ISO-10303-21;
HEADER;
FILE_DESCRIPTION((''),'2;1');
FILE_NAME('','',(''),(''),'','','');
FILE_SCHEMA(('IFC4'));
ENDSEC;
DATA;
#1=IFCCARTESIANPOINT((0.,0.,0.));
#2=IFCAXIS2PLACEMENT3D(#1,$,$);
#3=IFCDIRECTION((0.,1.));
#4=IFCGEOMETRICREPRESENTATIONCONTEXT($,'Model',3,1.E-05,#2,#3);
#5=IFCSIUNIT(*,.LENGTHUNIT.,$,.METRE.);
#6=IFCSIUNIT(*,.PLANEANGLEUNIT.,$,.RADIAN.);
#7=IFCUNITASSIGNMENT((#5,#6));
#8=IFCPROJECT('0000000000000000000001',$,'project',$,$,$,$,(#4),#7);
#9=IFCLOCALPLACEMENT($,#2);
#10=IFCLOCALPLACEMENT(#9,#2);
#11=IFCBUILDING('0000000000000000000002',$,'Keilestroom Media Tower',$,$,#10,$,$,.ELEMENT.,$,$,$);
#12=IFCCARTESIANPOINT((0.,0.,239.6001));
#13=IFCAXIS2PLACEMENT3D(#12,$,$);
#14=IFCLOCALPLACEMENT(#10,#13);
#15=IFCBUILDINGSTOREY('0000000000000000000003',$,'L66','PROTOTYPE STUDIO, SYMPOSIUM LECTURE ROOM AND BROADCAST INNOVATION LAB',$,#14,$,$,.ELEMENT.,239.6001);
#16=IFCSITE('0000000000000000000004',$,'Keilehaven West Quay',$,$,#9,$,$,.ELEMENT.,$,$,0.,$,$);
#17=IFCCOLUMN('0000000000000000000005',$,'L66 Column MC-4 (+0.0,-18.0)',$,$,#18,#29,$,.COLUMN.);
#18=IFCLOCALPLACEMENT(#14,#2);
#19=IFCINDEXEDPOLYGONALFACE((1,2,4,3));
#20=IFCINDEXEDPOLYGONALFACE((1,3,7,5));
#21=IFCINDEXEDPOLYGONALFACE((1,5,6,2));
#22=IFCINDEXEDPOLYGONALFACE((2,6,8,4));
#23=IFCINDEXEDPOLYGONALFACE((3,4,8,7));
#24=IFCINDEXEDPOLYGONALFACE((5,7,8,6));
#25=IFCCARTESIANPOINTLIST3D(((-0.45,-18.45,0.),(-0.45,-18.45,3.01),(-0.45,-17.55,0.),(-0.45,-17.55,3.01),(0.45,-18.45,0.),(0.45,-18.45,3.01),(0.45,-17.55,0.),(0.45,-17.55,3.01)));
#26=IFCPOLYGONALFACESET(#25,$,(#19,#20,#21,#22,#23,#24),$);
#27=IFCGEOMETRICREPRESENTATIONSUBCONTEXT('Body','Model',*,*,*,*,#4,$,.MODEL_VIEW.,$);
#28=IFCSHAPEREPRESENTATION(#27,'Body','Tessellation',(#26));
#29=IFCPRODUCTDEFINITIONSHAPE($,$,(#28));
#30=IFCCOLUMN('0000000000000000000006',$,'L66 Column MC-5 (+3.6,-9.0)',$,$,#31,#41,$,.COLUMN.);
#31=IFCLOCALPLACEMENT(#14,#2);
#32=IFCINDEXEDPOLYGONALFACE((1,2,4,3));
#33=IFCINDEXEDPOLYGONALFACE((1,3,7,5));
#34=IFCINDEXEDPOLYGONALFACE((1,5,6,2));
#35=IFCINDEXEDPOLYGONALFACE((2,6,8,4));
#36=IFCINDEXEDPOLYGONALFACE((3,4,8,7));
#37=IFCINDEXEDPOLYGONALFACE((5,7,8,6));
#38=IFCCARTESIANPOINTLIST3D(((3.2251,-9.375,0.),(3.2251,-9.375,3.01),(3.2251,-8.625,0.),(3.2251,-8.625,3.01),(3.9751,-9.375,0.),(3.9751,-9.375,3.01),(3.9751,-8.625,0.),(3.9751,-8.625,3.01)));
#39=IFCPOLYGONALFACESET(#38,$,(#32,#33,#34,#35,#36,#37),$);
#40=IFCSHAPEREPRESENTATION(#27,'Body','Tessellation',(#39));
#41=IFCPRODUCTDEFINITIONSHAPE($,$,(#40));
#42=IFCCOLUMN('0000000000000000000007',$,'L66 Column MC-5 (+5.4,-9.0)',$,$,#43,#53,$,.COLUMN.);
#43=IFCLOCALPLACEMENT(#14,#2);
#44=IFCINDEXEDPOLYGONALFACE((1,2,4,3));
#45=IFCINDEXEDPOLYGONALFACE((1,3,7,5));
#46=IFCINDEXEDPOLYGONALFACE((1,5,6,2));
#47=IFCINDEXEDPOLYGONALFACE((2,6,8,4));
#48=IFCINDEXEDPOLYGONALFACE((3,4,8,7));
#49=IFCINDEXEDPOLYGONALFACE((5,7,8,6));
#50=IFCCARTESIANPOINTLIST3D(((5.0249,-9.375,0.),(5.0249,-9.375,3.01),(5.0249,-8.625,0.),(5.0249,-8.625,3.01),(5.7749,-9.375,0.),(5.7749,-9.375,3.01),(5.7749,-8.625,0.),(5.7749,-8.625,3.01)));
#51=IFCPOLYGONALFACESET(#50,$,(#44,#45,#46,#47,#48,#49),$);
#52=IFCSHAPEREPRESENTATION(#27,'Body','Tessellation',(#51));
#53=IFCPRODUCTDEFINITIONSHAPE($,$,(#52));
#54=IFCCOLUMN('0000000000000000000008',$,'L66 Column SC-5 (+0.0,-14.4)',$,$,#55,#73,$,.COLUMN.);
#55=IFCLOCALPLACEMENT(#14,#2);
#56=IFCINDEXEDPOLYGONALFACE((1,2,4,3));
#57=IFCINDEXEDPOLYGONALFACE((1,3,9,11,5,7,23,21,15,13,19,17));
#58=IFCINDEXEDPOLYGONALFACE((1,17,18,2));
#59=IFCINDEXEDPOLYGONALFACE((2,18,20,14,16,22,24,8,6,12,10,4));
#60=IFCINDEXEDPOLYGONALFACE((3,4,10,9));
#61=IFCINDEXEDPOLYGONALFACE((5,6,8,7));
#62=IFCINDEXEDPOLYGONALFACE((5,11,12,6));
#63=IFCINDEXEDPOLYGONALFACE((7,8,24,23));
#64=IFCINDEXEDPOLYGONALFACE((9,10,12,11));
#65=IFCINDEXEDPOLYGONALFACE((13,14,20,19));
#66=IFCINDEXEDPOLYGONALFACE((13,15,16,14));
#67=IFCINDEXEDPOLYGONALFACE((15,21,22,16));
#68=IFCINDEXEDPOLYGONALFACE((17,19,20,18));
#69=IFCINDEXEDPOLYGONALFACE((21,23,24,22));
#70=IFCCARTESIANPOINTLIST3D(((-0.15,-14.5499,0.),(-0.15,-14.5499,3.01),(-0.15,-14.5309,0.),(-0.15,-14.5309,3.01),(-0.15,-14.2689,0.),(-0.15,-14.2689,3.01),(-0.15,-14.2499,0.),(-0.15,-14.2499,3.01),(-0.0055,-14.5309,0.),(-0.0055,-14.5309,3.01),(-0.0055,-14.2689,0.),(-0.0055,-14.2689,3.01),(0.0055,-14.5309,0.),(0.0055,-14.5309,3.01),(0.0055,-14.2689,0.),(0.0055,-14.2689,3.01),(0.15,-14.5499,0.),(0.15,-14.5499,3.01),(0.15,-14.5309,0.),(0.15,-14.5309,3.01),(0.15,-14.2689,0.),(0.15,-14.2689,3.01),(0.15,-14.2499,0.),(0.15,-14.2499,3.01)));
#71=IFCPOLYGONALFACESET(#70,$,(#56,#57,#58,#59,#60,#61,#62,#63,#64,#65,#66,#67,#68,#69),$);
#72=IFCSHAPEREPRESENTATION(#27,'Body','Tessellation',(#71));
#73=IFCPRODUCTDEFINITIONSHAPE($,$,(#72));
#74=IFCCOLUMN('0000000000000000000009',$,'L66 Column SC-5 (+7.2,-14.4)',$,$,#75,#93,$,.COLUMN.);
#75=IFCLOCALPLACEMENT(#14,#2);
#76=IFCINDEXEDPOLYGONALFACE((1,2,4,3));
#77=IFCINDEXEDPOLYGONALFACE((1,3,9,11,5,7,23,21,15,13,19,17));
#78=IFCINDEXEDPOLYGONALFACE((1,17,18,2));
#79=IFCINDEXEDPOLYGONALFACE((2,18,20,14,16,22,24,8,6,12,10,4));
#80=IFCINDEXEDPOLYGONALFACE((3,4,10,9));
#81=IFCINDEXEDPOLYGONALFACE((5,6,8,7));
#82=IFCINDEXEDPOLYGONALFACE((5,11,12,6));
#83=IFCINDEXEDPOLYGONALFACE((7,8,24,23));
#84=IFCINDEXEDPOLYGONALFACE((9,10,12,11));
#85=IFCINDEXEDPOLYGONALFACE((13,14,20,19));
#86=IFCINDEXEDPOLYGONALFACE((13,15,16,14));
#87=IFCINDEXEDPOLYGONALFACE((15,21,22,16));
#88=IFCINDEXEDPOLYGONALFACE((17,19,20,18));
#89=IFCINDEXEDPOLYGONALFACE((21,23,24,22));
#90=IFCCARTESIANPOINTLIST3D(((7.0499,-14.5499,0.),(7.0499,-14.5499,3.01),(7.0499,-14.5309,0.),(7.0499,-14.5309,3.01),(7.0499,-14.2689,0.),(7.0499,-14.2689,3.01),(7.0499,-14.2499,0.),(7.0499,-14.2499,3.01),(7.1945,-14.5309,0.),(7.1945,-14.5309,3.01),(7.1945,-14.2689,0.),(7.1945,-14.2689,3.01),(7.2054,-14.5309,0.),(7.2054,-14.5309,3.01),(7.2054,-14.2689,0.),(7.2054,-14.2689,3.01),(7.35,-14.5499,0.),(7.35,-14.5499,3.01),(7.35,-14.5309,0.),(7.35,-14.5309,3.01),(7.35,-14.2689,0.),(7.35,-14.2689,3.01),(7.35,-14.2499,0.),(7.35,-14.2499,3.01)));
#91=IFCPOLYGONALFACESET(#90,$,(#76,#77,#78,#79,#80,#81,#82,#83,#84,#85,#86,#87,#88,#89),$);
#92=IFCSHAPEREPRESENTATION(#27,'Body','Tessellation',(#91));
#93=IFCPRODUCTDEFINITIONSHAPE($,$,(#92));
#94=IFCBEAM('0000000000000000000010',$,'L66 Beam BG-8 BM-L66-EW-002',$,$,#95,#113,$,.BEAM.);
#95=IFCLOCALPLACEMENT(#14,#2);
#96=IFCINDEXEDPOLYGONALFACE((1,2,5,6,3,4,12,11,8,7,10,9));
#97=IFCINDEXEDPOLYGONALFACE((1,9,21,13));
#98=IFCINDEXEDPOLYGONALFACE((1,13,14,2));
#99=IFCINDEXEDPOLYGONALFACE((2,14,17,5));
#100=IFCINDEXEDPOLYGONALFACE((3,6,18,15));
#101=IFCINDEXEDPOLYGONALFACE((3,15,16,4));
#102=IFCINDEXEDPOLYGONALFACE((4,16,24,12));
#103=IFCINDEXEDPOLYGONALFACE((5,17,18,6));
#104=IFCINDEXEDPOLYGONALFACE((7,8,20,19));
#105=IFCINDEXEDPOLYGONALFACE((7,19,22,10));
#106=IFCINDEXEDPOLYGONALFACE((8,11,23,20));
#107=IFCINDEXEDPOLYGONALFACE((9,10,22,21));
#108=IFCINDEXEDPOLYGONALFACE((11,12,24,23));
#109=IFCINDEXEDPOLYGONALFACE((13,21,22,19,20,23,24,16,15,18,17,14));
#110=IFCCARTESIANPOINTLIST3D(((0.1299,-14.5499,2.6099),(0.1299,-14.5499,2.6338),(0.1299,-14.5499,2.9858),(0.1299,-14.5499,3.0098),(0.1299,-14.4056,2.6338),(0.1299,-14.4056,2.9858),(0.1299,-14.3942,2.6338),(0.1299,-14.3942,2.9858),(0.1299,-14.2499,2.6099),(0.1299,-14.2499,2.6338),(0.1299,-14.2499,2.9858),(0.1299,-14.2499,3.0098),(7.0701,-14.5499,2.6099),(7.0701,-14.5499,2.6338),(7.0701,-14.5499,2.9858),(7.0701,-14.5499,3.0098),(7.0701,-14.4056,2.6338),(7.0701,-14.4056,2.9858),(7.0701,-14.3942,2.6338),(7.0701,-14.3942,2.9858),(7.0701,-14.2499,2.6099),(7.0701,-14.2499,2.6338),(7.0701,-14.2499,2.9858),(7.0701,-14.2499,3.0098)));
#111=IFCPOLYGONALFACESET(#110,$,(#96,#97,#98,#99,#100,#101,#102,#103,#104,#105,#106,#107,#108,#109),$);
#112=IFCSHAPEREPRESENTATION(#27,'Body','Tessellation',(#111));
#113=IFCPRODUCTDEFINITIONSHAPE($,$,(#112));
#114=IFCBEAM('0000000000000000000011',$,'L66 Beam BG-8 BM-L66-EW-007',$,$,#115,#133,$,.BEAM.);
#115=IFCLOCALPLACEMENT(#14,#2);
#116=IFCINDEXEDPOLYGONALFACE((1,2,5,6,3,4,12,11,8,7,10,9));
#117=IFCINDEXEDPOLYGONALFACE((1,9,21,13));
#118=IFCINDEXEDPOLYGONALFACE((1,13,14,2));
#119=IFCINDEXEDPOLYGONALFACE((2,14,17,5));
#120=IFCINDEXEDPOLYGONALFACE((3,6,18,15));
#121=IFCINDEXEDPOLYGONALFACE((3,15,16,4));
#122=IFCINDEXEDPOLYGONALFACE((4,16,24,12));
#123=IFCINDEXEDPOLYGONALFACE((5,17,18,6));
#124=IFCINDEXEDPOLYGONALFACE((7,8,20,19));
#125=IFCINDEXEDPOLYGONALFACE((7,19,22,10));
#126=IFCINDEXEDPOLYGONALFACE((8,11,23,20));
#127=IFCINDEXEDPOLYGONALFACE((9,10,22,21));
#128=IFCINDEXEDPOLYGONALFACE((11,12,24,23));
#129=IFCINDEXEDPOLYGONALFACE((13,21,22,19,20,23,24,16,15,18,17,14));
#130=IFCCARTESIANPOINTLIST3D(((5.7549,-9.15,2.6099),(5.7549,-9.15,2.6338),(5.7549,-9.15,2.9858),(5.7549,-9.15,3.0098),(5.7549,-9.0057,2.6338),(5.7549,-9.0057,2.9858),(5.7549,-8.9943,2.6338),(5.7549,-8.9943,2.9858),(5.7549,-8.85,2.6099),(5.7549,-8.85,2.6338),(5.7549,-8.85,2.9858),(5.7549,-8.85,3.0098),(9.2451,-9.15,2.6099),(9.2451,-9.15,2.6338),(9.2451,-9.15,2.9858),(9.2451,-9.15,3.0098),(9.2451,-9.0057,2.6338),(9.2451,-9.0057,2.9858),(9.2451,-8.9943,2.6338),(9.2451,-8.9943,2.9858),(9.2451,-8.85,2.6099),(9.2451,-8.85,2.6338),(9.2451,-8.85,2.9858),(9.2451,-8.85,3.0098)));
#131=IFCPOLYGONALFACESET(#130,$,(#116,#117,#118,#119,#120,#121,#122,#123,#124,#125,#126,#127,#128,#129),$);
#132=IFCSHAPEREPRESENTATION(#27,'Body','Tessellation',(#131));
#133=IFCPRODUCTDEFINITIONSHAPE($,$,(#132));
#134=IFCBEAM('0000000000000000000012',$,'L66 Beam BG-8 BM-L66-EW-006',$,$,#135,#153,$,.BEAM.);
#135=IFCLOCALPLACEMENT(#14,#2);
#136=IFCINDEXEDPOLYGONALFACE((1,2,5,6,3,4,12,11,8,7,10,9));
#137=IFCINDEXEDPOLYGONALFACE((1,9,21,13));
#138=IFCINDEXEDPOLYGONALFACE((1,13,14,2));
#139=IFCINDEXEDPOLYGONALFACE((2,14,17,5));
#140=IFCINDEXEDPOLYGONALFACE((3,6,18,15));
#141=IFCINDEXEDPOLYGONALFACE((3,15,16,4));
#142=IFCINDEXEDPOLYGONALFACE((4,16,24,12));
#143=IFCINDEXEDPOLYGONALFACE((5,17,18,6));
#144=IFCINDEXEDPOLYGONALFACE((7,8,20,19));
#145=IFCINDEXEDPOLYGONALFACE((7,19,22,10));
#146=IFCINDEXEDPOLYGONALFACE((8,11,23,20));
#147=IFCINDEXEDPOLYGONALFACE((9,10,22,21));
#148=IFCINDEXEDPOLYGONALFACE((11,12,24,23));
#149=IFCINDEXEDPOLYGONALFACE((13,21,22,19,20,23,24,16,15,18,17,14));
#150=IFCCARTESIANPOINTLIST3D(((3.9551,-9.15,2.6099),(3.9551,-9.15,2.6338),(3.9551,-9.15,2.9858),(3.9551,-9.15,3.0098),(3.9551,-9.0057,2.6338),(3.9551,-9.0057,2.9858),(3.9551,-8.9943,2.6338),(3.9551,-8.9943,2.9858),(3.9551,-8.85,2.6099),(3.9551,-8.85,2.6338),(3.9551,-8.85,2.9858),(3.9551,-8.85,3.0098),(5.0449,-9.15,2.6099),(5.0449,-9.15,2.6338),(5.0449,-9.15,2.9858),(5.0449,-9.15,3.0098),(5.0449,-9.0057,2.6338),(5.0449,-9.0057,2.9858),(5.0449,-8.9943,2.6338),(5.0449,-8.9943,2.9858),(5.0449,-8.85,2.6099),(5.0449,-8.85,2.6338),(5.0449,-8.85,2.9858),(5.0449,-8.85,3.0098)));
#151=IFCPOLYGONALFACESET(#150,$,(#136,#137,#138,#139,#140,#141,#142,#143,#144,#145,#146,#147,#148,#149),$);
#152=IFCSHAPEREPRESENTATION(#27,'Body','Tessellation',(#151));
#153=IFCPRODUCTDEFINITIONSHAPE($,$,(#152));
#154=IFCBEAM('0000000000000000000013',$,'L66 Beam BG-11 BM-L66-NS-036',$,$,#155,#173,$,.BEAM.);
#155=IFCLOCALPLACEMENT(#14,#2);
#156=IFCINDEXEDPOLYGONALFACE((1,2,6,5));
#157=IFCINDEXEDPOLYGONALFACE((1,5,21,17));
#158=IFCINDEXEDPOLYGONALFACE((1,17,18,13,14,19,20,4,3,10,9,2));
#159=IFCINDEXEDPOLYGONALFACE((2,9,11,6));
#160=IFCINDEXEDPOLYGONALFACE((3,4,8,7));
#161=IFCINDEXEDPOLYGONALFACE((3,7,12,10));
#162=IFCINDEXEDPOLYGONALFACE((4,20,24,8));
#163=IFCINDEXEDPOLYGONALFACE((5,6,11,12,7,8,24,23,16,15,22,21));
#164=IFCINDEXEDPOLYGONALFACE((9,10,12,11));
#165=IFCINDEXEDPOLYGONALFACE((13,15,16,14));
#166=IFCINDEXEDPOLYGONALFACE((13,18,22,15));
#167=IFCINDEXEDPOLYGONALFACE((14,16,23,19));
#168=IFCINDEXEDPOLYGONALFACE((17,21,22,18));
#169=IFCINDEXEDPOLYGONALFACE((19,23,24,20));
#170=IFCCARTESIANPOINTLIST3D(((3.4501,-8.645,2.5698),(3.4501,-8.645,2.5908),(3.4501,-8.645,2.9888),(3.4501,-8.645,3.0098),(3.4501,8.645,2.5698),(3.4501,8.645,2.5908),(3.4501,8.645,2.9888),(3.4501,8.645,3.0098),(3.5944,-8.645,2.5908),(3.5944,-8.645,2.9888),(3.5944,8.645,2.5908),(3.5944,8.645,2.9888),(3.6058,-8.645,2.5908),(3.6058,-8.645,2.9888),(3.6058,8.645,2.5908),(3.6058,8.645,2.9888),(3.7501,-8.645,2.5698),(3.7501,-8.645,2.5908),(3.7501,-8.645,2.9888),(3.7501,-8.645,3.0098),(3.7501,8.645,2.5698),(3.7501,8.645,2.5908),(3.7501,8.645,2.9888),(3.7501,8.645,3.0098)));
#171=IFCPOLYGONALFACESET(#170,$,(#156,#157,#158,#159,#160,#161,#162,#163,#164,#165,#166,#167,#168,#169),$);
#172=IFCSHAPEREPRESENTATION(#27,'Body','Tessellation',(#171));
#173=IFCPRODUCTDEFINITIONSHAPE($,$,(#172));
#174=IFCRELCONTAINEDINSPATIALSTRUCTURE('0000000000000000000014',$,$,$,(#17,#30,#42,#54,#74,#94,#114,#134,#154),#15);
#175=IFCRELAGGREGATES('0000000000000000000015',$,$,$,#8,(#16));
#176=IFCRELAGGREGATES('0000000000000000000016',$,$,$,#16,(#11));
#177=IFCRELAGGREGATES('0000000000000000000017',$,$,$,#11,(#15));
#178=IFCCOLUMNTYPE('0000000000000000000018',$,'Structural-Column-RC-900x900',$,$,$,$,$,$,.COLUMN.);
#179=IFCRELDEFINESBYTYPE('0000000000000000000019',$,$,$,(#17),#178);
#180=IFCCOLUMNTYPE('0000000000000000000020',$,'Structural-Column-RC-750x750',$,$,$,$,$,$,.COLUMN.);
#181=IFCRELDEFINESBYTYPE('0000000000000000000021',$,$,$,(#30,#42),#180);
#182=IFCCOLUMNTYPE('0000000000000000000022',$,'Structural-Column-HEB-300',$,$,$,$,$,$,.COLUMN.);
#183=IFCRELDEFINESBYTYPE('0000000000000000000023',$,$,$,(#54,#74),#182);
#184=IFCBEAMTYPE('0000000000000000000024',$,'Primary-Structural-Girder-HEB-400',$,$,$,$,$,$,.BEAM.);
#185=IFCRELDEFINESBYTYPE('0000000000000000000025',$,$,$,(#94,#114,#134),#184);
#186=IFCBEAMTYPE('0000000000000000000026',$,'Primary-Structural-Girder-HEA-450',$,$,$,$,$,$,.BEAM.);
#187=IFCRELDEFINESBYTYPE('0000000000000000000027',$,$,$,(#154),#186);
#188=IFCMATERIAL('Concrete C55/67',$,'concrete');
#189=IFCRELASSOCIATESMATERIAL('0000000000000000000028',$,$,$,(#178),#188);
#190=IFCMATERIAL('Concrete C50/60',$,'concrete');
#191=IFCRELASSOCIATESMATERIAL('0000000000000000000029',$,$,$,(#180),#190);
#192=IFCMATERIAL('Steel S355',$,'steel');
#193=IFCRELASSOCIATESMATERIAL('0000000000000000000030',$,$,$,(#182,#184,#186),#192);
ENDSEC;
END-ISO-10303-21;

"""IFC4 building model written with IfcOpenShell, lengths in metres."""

from ifc_helpers import new_model, si_unit, direction, frame, origin, origin_2d, place, context, subcontext, project, spatial, rectangle, i_section, extrude, source, transform, mapped, material, material_profile, profile_set, type_object, element, save


model = new_model("IFC4")

# Units and contexts
model_context = context("Model", 3, precision=1e-05, world=origin(), true_north=direction((0.0, 1.0)))
body_context = subcontext(model_context, "Body", "Model", "MODEL_VIEW")
ifc_project = project(units=[si_unit("LENGTHUNIT", "METRE"), si_unit("PLANEANGLEUNIT", "RADIAN")], contexts=[model_context])

# Site, building, storey
site_placement = place(None, origin())
site = spatial("IfcSite", under=ifc_project, at=site_placement, Name="Keilehaven West Quay", CompositionType="ELEMENT", RefElevation=0.0)
building_placement = place(site_placement, origin())
building = spatial("IfcBuilding", under=site, at=building_placement, Name="Keilestroom Media Tower", CompositionType="ELEMENT")
storey_placement = place(building_placement, frame((0.0, 0.0, 239.6001)))
storey = spatial("IfcBuildingStorey", under=building, at=storey_placement, Name="L66", Description="PROTOTYPE STUDIO, SYMPOSIUM LECTURE ROOM AND BROADCAST INNOVATION LAB", CompositionType="ELEMENT", Elevation=239.6001)

# Columns
ifc_material_1 = material(Name="Concrete C55/67", Category="concrete")
ifc_material_profile_1 = material_profile(ifc_material_1, rectangle(XDim=0.8999, YDim=0.8999, at=origin_2d()), Name="RC 900x900")
ifc_profile_set_1 = profile_set([ifc_material_profile_1], Name="Concrete C55/67")
column_type_1 = type_object("IfcColumnType", Name="Structural-Column-RC-900x900", PredefinedType="COLUMN", material=ifc_profile_set_1)
shared_shape_1 = source(origin(), body_context, "Body", "SweptSolid", [
    extrude(rectangle(XDim=0.8999, YDim=0.8999, at=origin_2d()), origin(), (0.0, 0.0, 1.0), 3.01),
])
column_placement = place(storey_placement, frame((0.0, -18.0, 0.0), z_axis=(0.0, 0.0, 1.0), x_axis=(1.0, 0.0, 0.0)))
element("IfcColumn", 1, at=column_placement, inside=storey, type_object=column_type_1, Name="L66 Column MC-4 (+0.0,-18.0)", PredefinedType="COLUMN", context=body_context, shape_type="MappedRepresentation", body=[
    mapped(shared_shape_1, transform((0.0, 0.0, 0.0), x_axis=(1.0, 0.0, 0.0), y_axis=(0.0, 1.0, 0.0), z_axis=(0.0, 0.0, 1.0), scale=1.0)),
])
ifc_material_2 = material(Name="Concrete C50/60", Category="concrete")
ifc_material_profile_2 = material_profile(ifc_material_2, rectangle(XDim=0.75, YDim=0.75, at=origin_2d()), Name="RC 750x750")
ifc_profile_set_2 = profile_set([ifc_material_profile_2], Name="Concrete C50/60")
column_type_2 = type_object("IfcColumnType", Name="Structural-Column-RC-750x750", PredefinedType="COLUMN", material=ifc_profile_set_2)
shared_shape_2 = source(origin(), body_context, "Body", "SweptSolid", [
    extrude(rectangle(XDim=0.75, YDim=0.75, at=origin_2d()), origin(), (0.0, 0.0, 1.0), 3.01),
])
for number, where, z_axis, x_axis, name in (
    (2, (3.6001, -9.0, 0.0), (0.0, 0.0, 1.0), (1.0, 0.0, 0.0), "L66 Column MC-5 (+3.6,-9.0)"),
    (3, (5.3999, -9.0, 0.0), (0.0, 0.0, 1.0), (1.0, 0.0, 0.0), "L66 Column MC-5 (+5.4,-9.0)"),
):
    element("IfcColumn", number, at=place(storey_placement, frame(where, z_axis=z_axis, x_axis=x_axis)), inside=storey, type_object=column_type_2, Name=name, PredefinedType="COLUMN", context=body_context, shape_type="MappedRepresentation", body=[
        mapped(shared_shape_2, transform((0.0, 0.0, 0.0), x_axis=(1.0, 0.0, 0.0), y_axis=(0.0, 1.0, 0.0), z_axis=(0.0, 0.0, 1.0), scale=1.0)),
    ])
ifc_material_3 = material(Name="Steel S355", Category="steel")
ifc_material_profile_3 = material_profile(ifc_material_3, i_section(OverallWidth=0.3, OverallDepth=0.3, WebThickness=0.011, FlangeThickness=0.019, at=origin_2d()), Name="HEB 300")
ifc_profile_set_3 = profile_set([ifc_material_profile_3], Name="Steel S355")
column_type_3 = type_object("IfcColumnType", Name="Structural-Column-HEB-300", PredefinedType="COLUMN", material=ifc_profile_set_3)
shared_shape_3 = source(origin(), body_context, "Body", "SweptSolid", [
    extrude(i_section(OverallWidth=0.3, OverallDepth=0.3, WebThickness=0.011, FlangeThickness=0.019, at=origin_2d()), origin(), (0.0, 0.0, 1.0), 3.01),
])
for number, where, z_axis, x_axis, name in (
    (4, (0.0, -14.3999, 0.0), (0.0, 0.0, 1.0), (1.0, 0.0, 0.0), "L66 Column SC-5 (+0.0,-14.4)"),
    (5, (7.2, -14.3999, 0.0), (0.0, 0.0, 1.0), (1.0, 0.0, 0.0), "L66 Column SC-5 (+7.2,-14.4)"),
):
    element("IfcColumn", number, at=place(storey_placement, frame(where, z_axis=z_axis, x_axis=x_axis)), inside=storey, type_object=column_type_3, Name=name, PredefinedType="COLUMN", context=body_context, shape_type="MappedRepresentation", body=[
        mapped(shared_shape_3, transform((0.0, 0.0, 0.0), x_axis=(1.0, 0.0, 0.0), y_axis=(0.0, 1.0, 0.0), z_axis=(0.0, 0.0, 1.0), scale=1.0)),
    ])

# Beams
ifc_material_profile_4 = material_profile(ifc_material_3, i_section(OverallWidth=0.3, OverallDepth=0.3999, WebThickness=0.0115, FlangeThickness=0.0239, at=origin_2d()), Name="HEB 400")
ifc_profile_set_4 = profile_set([ifc_material_profile_4], Name="Steel S355")
beam_type_1 = type_object("IfcBeamType", Name="Primary-Structural-Girder-HEB-400", PredefinedType="BEAM", material=ifc_profile_set_4)
shared_shape_4 = source(origin(), body_context, "Body", "SweptSolid", [
    extrude(i_section(OverallWidth=0.3, OverallDepth=0.3999, WebThickness=0.0115, FlangeThickness=0.0239, at=origin_2d()), origin(), (0.0, 0.0, 1.0), 6.9402),
])
beam_1_placement = place(storey_placement, frame((0.1299, -14.3999, 2.8098), z_axis=(1.0, 0.0, 0.0), x_axis=(0.0, 1.0, 0.0)))
element("IfcBeam", 6, at=beam_1_placement, inside=storey, type_object=beam_type_1, Name="L66 Beam BG-8 BM-L66-EW-002", PredefinedType="BEAM", context=body_context, shape_type="MappedRepresentation", body=[
    mapped(shared_shape_4, transform((0.0, 0.0, 0.0), x_axis=(1.0, 0.0, 0.0), y_axis=(0.0, 1.0, 0.0), z_axis=(0.0, 0.0, 1.0), scale=1.0)),
])
shared_shape_5 = source(origin(), body_context, "Body", "SweptSolid", [
    extrude(i_section(OverallWidth=0.3, OverallDepth=0.3999, WebThickness=0.0115, FlangeThickness=0.0239, at=origin_2d()), origin(), (0.0, 0.0, 1.0), 3.4902),
])
beam_2_placement = place(storey_placement, frame((5.7549, -9.0, 2.8098), z_axis=(1.0, 0.0, 0.0), x_axis=(0.0, 1.0, 0.0)))
element("IfcBeam", 7, at=beam_2_placement, inside=storey, type_object=beam_type_1, Name="L66 Beam BG-8 BM-L66-EW-007", PredefinedType="BEAM", context=body_context, shape_type="MappedRepresentation", body=[
    mapped(shared_shape_5, transform((0.0, 0.0, 0.0), x_axis=(1.0, 0.0, 0.0), y_axis=(0.0, 1.0, 0.0), z_axis=(0.0, 0.0, 1.0), scale=1.0)),
])
shared_shape_6 = source(origin(), body_context, "Body", "SweptSolid", [
    extrude(i_section(OverallWidth=0.3, OverallDepth=0.3999, WebThickness=0.0115, FlangeThickness=0.0239, at=origin_2d()), origin(), (0.0, 0.0, 1.0), 1.0898),
])
beam_3_placement = place(storey_placement, frame((3.9551, -9.0, 2.8098), z_axis=(1.0, 0.0, 0.0), x_axis=(0.0, 1.0, 0.0)))
element("IfcBeam", 8, at=beam_3_placement, inside=storey, type_object=beam_type_1, Name="L66 Beam BG-8 BM-L66-EW-006", PredefinedType="BEAM", context=body_context, shape_type="MappedRepresentation", body=[
    mapped(shared_shape_6, transform((0.0, 0.0, 0.0), x_axis=(1.0, 0.0, 0.0), y_axis=(0.0, 1.0, 0.0), z_axis=(0.0, 0.0, 1.0), scale=1.0)),
])
ifc_material_profile_5 = material_profile(ifc_material_3, i_section(OverallWidth=0.3, OverallDepth=0.4399, WebThickness=0.0115, FlangeThickness=0.021, at=origin_2d()), Name="HEA 450")
ifc_profile_set_5 = profile_set([ifc_material_profile_5], Name="Steel S355")
beam_type_2 = type_object("IfcBeamType", Name="Primary-Structural-Girder-HEA-450", PredefinedType="BEAM", material=ifc_profile_set_5)
shared_shape_7 = source(origin(), body_context, "Body", "SweptSolid", [
    extrude(i_section(OverallWidth=0.3, OverallDepth=0.4399, WebThickness=0.0115, FlangeThickness=0.021, at=origin_2d()), origin(), (0.0, 0.0, 1.0), 17.29),
])
beam_4_placement = place(storey_placement, frame((3.6001, -8.645, 2.7898), z_axis=(0.0, 1.0, 0.0), x_axis=(-1.0, 0.0, 0.0)))
element("IfcBeam", 9, at=beam_4_placement, inside=storey, type_object=beam_type_2, Name="L66 Beam BG-11 BM-L66-NS-036", PredefinedType="BEAM", context=body_context, shape_type="MappedRepresentation", body=[
    mapped(shared_shape_7, transform((0.0, 0.0, 0.0), x_axis=(1.0, 0.0, 0.0), y_axis=(0.0, 1.0, 0.0), z_axis=(0.0, 0.0, 1.0), scale=1.0)),
])

save(model, "model.ifc")
